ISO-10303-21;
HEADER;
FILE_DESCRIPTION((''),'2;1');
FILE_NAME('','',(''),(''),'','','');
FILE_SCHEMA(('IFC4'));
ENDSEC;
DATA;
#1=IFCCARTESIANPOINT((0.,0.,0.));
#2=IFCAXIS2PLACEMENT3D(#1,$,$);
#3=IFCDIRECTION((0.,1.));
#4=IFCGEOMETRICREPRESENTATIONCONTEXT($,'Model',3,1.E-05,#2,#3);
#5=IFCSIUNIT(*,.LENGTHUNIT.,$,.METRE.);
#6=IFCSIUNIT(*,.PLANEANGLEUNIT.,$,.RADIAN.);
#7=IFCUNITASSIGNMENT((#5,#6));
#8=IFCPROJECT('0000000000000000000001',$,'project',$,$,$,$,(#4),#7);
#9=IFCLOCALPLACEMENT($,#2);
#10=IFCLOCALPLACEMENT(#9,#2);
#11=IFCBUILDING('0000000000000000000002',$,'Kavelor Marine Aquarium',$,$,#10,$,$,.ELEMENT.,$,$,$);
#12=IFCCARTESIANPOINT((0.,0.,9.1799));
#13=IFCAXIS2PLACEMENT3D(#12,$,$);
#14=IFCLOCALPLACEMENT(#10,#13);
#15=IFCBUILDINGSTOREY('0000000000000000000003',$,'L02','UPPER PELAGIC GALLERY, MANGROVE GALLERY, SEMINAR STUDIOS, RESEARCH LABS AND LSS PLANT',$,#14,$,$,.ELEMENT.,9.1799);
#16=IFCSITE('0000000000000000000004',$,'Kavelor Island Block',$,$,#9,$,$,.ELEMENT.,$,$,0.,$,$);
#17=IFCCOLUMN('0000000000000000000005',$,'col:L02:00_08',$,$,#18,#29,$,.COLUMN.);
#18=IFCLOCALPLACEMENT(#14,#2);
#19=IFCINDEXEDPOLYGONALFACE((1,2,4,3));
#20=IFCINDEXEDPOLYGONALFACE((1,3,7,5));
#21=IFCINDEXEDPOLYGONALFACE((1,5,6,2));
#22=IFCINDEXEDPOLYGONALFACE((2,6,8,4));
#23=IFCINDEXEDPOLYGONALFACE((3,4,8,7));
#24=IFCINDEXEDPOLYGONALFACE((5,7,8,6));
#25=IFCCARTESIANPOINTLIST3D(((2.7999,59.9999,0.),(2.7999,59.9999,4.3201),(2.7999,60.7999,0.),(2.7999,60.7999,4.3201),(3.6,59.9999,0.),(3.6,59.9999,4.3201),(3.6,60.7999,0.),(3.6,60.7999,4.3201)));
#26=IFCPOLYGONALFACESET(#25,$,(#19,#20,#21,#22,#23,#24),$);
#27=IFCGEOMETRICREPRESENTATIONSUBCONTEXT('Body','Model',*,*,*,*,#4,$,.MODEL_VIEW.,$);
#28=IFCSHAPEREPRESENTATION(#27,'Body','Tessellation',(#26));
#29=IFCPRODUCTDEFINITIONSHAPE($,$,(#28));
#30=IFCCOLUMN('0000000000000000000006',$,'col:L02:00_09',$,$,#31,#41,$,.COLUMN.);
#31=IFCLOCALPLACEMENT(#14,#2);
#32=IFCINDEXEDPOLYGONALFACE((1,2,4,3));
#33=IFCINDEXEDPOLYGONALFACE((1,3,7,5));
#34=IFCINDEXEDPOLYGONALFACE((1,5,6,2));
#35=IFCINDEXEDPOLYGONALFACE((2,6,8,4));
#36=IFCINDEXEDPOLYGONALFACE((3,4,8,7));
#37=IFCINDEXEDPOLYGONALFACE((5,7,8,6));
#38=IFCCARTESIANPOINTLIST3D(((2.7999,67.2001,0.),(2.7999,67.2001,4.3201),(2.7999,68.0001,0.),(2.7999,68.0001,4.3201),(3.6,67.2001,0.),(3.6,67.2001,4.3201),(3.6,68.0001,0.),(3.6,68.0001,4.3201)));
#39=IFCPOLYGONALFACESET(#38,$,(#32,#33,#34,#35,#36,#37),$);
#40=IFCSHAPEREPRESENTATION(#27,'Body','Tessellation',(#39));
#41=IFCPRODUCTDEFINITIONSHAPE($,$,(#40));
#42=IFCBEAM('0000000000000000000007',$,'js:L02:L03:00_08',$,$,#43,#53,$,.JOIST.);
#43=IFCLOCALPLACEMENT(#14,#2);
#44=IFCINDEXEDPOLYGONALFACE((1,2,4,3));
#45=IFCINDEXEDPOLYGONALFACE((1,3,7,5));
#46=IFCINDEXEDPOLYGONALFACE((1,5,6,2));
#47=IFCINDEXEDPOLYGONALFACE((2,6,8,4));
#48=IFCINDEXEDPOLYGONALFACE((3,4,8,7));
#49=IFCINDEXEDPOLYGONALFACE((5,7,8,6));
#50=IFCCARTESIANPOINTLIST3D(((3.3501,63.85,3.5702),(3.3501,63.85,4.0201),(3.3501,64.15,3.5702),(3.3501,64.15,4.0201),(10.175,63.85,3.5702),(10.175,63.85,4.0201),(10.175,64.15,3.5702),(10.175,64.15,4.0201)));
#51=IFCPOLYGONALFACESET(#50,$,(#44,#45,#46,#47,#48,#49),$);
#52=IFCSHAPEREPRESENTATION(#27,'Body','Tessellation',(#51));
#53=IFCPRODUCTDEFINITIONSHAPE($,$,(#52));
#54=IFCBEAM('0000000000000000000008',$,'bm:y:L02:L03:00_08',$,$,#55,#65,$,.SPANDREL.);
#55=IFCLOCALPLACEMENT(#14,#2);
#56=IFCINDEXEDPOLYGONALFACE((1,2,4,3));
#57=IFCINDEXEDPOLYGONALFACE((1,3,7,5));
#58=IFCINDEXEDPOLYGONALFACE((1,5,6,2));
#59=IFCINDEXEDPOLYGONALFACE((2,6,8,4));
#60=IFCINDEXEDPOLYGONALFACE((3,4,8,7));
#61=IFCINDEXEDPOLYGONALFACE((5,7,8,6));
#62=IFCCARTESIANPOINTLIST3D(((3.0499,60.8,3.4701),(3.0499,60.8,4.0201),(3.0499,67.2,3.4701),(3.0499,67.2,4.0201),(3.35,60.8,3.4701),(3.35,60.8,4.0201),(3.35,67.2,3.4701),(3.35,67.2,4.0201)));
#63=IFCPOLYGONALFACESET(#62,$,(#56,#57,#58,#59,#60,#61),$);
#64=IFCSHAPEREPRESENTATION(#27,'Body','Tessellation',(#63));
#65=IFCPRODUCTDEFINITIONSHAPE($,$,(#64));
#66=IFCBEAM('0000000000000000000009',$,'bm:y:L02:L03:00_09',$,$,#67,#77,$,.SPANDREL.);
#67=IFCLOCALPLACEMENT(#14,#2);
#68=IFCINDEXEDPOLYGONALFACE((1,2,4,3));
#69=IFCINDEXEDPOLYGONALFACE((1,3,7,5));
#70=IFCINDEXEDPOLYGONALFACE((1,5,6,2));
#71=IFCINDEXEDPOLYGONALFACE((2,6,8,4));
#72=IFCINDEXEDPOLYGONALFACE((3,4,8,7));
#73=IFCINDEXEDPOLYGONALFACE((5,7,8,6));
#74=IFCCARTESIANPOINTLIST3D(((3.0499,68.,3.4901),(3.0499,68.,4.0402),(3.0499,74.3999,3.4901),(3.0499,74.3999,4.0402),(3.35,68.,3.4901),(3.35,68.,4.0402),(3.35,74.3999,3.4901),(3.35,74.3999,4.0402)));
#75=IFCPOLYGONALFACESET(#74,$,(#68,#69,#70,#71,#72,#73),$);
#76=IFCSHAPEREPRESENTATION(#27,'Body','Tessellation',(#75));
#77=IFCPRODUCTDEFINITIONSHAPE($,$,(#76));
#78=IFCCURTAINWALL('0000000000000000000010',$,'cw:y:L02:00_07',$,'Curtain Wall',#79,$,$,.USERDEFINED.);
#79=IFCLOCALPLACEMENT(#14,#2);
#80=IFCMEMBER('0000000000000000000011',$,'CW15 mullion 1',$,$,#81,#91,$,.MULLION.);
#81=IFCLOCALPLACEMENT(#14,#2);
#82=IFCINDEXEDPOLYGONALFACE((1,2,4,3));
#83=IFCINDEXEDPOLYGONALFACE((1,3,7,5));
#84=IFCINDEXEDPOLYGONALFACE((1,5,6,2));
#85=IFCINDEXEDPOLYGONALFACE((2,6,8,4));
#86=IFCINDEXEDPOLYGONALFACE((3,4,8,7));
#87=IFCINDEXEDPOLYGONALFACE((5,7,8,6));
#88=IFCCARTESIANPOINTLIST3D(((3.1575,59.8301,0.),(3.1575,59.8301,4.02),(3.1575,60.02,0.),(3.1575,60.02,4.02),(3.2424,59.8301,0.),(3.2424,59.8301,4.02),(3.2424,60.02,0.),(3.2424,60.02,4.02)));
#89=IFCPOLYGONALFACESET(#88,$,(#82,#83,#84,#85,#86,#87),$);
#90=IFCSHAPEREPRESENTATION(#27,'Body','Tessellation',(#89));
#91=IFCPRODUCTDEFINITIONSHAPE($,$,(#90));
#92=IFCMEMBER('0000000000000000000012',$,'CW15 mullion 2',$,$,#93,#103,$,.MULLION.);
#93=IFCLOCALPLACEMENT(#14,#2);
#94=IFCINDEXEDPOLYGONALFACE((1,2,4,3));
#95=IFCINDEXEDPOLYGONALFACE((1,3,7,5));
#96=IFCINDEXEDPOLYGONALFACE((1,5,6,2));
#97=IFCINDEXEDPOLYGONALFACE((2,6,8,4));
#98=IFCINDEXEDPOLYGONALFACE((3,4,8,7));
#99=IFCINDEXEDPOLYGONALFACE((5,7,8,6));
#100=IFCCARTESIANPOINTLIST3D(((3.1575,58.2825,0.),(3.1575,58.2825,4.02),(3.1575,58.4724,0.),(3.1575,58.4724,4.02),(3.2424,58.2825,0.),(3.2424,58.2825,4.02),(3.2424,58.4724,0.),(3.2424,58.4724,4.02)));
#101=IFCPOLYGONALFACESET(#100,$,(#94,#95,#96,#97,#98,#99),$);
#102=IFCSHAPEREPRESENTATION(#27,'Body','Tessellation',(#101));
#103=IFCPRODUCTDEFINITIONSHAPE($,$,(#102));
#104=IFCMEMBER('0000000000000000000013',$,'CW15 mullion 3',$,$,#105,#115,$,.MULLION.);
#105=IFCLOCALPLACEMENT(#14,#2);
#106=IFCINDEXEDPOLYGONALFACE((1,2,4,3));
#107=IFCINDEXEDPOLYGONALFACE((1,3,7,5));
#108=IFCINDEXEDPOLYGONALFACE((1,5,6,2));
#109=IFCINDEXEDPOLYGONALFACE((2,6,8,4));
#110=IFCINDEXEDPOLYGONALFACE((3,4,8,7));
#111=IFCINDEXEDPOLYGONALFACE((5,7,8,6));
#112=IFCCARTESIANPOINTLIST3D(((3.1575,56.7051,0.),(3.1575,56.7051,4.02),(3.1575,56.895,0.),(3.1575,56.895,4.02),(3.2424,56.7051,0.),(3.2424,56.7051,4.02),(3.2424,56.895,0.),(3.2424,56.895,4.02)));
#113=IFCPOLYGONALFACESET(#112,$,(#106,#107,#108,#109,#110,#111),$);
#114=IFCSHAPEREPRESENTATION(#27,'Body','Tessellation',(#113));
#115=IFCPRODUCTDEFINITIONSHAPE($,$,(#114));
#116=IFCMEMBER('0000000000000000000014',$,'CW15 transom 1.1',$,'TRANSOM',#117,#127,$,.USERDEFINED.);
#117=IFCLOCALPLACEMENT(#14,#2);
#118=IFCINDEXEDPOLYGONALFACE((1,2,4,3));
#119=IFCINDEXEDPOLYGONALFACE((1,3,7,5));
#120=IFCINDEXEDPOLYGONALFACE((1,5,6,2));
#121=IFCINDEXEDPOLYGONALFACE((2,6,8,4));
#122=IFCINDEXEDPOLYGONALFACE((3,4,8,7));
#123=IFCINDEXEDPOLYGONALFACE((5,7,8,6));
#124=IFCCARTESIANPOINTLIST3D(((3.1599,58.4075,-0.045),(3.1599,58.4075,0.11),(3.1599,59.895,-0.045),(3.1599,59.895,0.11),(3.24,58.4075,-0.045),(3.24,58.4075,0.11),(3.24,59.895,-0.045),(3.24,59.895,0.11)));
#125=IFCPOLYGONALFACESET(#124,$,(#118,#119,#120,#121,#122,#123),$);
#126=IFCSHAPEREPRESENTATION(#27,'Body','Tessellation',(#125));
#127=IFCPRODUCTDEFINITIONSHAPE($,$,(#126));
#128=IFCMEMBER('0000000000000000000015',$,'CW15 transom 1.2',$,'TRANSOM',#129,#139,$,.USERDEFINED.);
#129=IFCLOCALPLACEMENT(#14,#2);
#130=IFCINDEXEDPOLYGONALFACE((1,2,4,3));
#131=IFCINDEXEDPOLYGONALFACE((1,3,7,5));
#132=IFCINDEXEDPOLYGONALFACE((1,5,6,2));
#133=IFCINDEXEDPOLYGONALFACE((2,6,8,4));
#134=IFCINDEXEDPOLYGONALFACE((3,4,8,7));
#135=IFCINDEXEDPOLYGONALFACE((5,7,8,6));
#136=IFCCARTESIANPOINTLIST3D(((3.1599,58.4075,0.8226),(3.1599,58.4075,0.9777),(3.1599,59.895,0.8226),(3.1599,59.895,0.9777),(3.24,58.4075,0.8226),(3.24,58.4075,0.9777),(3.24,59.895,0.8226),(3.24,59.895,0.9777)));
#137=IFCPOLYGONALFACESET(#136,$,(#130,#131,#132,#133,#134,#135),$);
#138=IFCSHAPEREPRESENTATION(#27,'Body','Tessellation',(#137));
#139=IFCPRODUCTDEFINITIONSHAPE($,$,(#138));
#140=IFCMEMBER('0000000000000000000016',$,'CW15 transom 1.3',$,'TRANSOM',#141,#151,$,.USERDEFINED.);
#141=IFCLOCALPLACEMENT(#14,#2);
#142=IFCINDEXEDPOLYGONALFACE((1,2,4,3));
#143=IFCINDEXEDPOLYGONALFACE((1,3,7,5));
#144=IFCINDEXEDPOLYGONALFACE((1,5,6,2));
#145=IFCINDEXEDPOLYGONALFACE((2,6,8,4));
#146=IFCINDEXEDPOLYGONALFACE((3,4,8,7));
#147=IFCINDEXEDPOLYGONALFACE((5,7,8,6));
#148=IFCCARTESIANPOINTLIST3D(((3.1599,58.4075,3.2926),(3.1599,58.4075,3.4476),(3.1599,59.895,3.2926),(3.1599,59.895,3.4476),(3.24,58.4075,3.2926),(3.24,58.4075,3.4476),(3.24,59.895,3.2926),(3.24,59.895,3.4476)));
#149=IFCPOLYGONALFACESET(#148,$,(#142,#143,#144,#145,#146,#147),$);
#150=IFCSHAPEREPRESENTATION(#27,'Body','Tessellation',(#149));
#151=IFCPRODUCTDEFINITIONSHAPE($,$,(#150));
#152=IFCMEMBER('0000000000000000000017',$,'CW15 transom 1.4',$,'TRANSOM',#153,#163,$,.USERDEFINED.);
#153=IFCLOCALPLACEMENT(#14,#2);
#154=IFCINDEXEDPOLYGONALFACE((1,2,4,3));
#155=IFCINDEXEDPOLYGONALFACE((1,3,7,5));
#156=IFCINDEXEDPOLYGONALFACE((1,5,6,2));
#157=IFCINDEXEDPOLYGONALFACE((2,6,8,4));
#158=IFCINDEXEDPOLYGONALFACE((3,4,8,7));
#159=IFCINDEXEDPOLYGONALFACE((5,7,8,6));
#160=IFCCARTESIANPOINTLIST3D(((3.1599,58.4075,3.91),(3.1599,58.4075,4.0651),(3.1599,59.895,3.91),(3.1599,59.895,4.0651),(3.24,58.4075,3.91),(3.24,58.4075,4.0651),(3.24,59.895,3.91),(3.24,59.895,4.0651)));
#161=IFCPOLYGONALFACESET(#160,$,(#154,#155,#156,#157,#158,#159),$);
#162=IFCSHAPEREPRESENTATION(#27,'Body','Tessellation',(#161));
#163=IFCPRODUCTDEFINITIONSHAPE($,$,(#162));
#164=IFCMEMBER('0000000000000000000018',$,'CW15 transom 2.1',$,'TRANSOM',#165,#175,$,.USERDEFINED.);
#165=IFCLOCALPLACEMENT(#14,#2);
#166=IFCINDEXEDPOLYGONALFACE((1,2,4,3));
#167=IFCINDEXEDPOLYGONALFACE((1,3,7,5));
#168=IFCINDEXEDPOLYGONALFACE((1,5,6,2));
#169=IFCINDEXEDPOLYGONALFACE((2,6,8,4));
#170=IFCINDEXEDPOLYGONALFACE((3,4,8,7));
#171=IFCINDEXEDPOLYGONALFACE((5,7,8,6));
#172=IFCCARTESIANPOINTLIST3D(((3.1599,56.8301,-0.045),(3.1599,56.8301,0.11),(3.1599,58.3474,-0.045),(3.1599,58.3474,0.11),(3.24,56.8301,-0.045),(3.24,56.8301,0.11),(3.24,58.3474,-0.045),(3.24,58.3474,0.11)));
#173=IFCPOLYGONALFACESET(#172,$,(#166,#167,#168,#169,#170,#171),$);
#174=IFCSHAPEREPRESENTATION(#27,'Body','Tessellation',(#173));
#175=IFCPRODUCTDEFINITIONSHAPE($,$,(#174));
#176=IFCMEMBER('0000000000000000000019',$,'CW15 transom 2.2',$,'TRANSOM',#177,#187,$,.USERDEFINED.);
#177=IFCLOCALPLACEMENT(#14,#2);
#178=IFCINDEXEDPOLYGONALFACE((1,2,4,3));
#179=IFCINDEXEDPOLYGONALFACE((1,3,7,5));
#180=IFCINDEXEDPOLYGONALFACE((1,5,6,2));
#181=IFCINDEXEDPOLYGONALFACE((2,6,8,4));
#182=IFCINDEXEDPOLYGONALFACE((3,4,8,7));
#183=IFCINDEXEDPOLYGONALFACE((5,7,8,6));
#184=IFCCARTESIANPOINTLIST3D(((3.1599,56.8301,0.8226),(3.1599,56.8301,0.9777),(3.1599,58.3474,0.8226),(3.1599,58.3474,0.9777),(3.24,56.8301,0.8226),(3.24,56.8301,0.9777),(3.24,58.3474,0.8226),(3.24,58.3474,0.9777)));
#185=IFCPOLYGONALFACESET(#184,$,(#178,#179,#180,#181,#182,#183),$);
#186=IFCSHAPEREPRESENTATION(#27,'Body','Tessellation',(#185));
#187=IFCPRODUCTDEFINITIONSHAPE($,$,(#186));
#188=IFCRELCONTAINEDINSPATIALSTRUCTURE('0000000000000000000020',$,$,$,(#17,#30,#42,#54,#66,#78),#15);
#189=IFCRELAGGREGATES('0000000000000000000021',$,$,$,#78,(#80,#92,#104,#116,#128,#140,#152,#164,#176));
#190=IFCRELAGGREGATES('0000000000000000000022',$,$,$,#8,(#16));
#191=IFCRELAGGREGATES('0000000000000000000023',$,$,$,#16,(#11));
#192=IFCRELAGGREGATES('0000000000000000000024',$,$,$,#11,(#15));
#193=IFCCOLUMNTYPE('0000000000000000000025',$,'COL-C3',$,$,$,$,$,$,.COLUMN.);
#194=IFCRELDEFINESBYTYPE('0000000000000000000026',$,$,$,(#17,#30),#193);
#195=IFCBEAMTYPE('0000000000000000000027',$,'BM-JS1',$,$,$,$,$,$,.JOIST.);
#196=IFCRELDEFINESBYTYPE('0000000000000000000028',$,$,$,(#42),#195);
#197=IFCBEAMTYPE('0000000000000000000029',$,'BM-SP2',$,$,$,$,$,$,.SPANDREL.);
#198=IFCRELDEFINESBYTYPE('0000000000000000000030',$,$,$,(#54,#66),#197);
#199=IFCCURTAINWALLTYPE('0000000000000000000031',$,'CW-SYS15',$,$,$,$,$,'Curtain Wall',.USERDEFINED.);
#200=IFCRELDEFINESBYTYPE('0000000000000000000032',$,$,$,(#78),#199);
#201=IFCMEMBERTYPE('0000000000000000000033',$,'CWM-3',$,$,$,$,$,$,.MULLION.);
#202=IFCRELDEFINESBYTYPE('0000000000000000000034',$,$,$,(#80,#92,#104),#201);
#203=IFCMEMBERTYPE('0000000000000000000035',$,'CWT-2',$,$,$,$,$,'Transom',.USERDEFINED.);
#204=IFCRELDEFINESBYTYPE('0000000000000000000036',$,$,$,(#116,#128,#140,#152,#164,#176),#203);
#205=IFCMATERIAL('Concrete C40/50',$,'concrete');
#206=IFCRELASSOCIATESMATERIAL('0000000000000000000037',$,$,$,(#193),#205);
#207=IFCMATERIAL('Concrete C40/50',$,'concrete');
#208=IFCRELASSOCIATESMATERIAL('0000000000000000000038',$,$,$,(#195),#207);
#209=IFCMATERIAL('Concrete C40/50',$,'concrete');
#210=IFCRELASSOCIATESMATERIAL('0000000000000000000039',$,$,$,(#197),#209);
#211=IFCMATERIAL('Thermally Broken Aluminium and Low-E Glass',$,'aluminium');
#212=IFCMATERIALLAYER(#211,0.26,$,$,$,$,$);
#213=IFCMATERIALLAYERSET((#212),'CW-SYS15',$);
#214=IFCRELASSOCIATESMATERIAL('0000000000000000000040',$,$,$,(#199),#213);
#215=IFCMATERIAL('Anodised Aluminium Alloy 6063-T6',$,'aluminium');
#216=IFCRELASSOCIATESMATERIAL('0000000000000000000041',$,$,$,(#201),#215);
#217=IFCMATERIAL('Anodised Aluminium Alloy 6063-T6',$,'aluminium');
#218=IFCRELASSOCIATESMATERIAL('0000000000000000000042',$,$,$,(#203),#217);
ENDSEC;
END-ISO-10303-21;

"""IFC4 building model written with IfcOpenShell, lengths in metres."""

from ifc_helpers import new_model, si_unit, direction, frame, origin, origin_2d, place, context, subcontext, project, spatial, rectangle, extrude, material, layer, layer_set, material_profile, profile_set, type_object, element, aggregate, save


model = new_model("IFC4")

# Units and contexts
model_context = context("Model", 3, precision=1e-05, world=origin(), true_north=direction((0.0, 1.0)))
body_context = subcontext(model_context, "Body", "Model", "MODEL_VIEW")
ifc_project = project(units=[si_unit("LENGTHUNIT", "METRE"), si_unit("PLANEANGLEUNIT", "RADIAN")], contexts=[model_context])

# Site, building, storey
site_placement = place(None, origin())
site = spatial("IfcSite", under=ifc_project, at=site_placement, Name="Kavelor Island Block", CompositionType="ELEMENT", RefElevation=0.0)
building_placement = place(site_placement, origin())
building = spatial("IfcBuilding", under=site, at=building_placement, Name="Kavelor Marine Aquarium", CompositionType="ELEMENT")
storey_placement = place(building_placement, frame((0.0, 0.0, 9.1799)))
storey = spatial("IfcBuildingStorey", under=building, at=storey_placement, Name="L02", Description="UPPER PELAGIC GALLERY, MANGROVE GALLERY, SEMINAR STUDIOS, RESEARCH LABS AND LSS PLANT", CompositionType="ELEMENT", Elevation=9.1799)

# Columns
ifc_material_1 = material(Name="Concrete C40/50", Category="concrete")
ifc_material_profile_1 = material_profile(ifc_material_1, rectangle(XDim=0.8, YDim=0.8, at=origin_2d()), Name="RC-COL 800x800")
ifc_profile_set_1 = profile_set([ifc_material_profile_1], Name="Concrete C40/50")
column_type = type_object("IfcColumnType", Name="COL-C3", PredefinedType="COLUMN", material=ifc_profile_set_1)
for number, where, z_axis, x_axis, name in (
    (1, (3.2, 60.3999, 0.0), (0.0, 0.0, 1.0), (1.0, 0.0, 0.0), "col:L02:00_08"),
    (2, (3.2, 67.6001, 0.0), (0.0, 0.0, 1.0), (1.0, 0.0, 0.0), "col:L02:00_09"),
):
    element("IfcColumn", number, at=place(storey_placement, frame(where, z_axis=z_axis, x_axis=x_axis)), inside=storey, type_object=column_type, Name=name, PredefinedType="COLUMN", context=body_context, shape_type="SweptSolid", body=[
        extrude(rectangle(XDim=0.8, YDim=0.8, at=origin_2d()), origin(), (0.0, 0.0, 1.0), 4.3201),
    ])

# Beams
ifc_material_2 = material(Name="Concrete C40/50", Category="concrete")
ifc_material_profile_2 = material_profile(ifc_material_2, rectangle(XDim=0.3, YDim=0.45, at=origin_2d()), Name="RC-JS 300x450")
ifc_profile_set_2 = profile_set([ifc_material_profile_2], Name="Concrete C40/50")
beam_type_1 = type_object("IfcBeamType", Name="BM-JS1", PredefinedType="JOIST", material=ifc_profile_set_2)
beam_placement = place(storey_placement, frame((3.3501, 64.0, 3.7952), z_axis=(1.0, 0.0, 0.0), x_axis=(0.0, 1.0, 0.0)))
element("IfcBeam", 3, at=beam_placement, inside=storey, type_object=beam_type_1, Name="js:L02:L03:00_08", PredefinedType="JOIST", context=body_context, shape_type="SweptSolid", body=[
    extrude(rectangle(XDim=0.3, YDim=0.45, at=origin_2d()), origin(), (0.0, 0.0, 1.0), 6.825),
])
ifc_material_3 = material(Name="Concrete C40/50", Category="concrete")
ifc_material_profile_3 = material_profile(ifc_material_3, rectangle(XDim=0.3, YDim=0.55, at=origin_2d()), Name="RC-SP 300x550")
ifc_profile_set_3 = profile_set([ifc_material_profile_3], Name="Concrete C40/50")
beam_type_2 = type_object("IfcBeamType", Name="BM-SP2", PredefinedType="SPANDREL", material=ifc_profile_set_3)
for number, where, z_axis, x_axis, name in (
    (4, (3.2, 60.8, 3.7451), (0.0, 1.0, 0.0), (-1.0, 0.0, 0.0), "bm:y:L02:L03:00_08"),
    (5, (3.2, 68.0, 3.7651), (0.0, 1.0, 0.0), (-1.0, 0.0, 0.0), "bm:y:L02:L03:00_09"),
):
    element("IfcBeam", number, at=place(storey_placement, frame(where, z_axis=z_axis, x_axis=x_axis)), inside=storey, type_object=beam_type_2, Name=name, PredefinedType="SPANDREL", context=body_context, shape_type="SweptSolid", body=[
        extrude(rectangle(XDim=0.3, YDim=0.55, at=origin_2d()), origin(), (0.0, 0.0, 1.0), 6.3999),
    ])

# Curtain wall, members
ifc_material_4 = material(Name="Thermally Broken Aluminium and Low-E Glass", Category="aluminium")
ifc_layer_1 = layer(ifc_material_4, 0.26)
ifc_layer_set_1 = layer_set([ifc_layer_1], Name="CW-SYS15")
curtain_wall_type = type_object("IfcCurtainWallType", Name="CW-SYS15", ElementType="Curtain Wall", PredefinedType="USERDEFINED", material=ifc_layer_set_1)
curtain_wall_placement = place(storey_placement, origin())
curtain_wall = element("IfcCurtainWall", 6, at=curtain_wall_placement, inside=storey, type_object=curtain_wall_type, Name="cw:y:L02:00_07", ObjectType="Curtain Wall", PredefinedType="USERDEFINED")
ifc_material_5 = material(Name="Anodised Aluminium Alloy 6063-T6", Category="aluminium")
ifc_material_profile_4 = material_profile(ifc_material_5, rectangle(XDim=0.085, YDim=0.1899, at=origin_2d()), Name="CW-MUL 85x190")
ifc_profile_set_4 = profile_set([ifc_material_profile_4], Name="Anodised Aluminium Alloy 6063-T6")
member_type_1 = type_object("IfcMemberType", Name="CWM-3", PredefinedType="MULLION", material=ifc_profile_set_4)
member_1_placement = place(storey_placement, frame((3.2, 59.925, 0.0), z_axis=(0.0, 0.0, 1.0), x_axis=(1.0, 0.0, 0.0)))
member_1 = element("IfcMember", 7, at=member_1_placement, type_object=member_type_1, Name="CW15 mullion 1", PredefinedType="MULLION", context=body_context, shape_type="SweptSolid", body=[
    extrude(rectangle(XDim=0.085, YDim=0.1899, at=origin_2d()), origin(), (0.0, 0.0, 1.0), 4.02),
])
member_2_placement = place(storey_placement, frame((3.2, 58.3774, 0.0), z_axis=(0.0, 0.0, 1.0), x_axis=(1.0, 0.0, 0.0)))
member_2 = element("IfcMember", 8, at=member_2_placement, type_object=member_type_1, Name="CW15 mullion 2", PredefinedType="MULLION", context=body_context, shape_type="SweptSolid", body=[
    extrude(rectangle(XDim=0.085, YDim=0.1899, at=origin_2d()), origin(), (0.0, 0.0, 1.0), 4.02),
])
member_3_placement = place(storey_placement, frame((3.2, 56.8, 0.0), z_axis=(0.0, 0.0, 1.0), x_axis=(1.0, 0.0, 0.0)))
member_3 = element("IfcMember", 9, at=member_3_placement, type_object=member_type_1, Name="CW15 mullion 3", PredefinedType="MULLION", context=body_context, shape_type="SweptSolid", body=[
    extrude(rectangle(XDim=0.085, YDim=0.1899, at=origin_2d()), origin(), (0.0, 0.0, 1.0), 4.02),
])
ifc_material_6 = material(Name="Anodised Aluminium Alloy 6063-T6", Category="aluminium")
ifc_material_profile_5 = material_profile(ifc_material_6, rectangle(XDim=0.0801, YDim=0.155, at=origin_2d()), Name="CW-TRN 80x155")
ifc_profile_set_5 = profile_set([ifc_material_profile_5], Name="Anodised Aluminium Alloy 6063-T6")
member_type_2 = type_object("IfcMemberType", Name="CWT-2", ElementType="Transom", PredefinedType="USERDEFINED", material=ifc_profile_set_5)
member_4_placement = place(storey_placement, frame((3.2, 59.895, 0.0325), z_axis=(0.0, -1.0, 0.0), x_axis=(1.0, 0.0, 0.0)))
member_4 = element("IfcMember", 10, at=member_4_placement, type_object=member_type_2, Name="CW15 transom 1.1", ObjectType="TRANSOM", PredefinedType="USERDEFINED", context=body_context, shape_type="SweptSolid", body=[
    extrude(rectangle(XDim=0.0801, YDim=0.155, at=origin_2d()), origin(), (0.0, 0.0, 1.0), 1.4875),
])
member_5_placement = place(storey_placement, frame((3.2, 59.895, 0.9001), z_axis=(0.0, -1.0, 0.0), x_axis=(1.0, 0.0, 0.0)))
member_5 = element("IfcMember", 11, at=member_5_placement, type_object=member_type_2, Name="CW15 transom 1.2", ObjectType="TRANSOM", PredefinedType="USERDEFINED", context=body_context, shape_type="SweptSolid", body=[
    extrude(rectangle(XDim=0.0801, YDim=0.155, at=origin_2d()), origin(), (0.0, 0.0, 1.0), 1.4875),
])
member_6_placement = place(storey_placement, frame((3.2, 59.895, 3.3701), z_axis=(0.0, -1.0, 0.0), x_axis=(1.0, 0.0, 0.0)))
member_6 = element("IfcMember", 12, at=member_6_placement, type_object=member_type_2, Name="CW15 transom 1.3", ObjectType="TRANSOM", PredefinedType="USERDEFINED", context=body_context, shape_type="SweptSolid", body=[
    extrude(rectangle(XDim=0.0801, YDim=0.155, at=origin_2d()), origin(), (0.0, 0.0, 1.0), 1.4875),
])
member_7_placement = place(storey_placement, frame((3.2, 59.895, 3.9875), z_axis=(0.0, -1.0, 0.0), x_axis=(1.0, 0.0, 0.0)))
member_7 = element("IfcMember", 13, at=member_7_placement, type_object=member_type_2, Name="CW15 transom 1.4", ObjectType="TRANSOM", PredefinedType="USERDEFINED", context=body_context, shape_type="SweptSolid", body=[
    extrude(rectangle(XDim=0.0801, YDim=0.155, at=origin_2d()), origin(), (0.0, 0.0, 1.0), 1.4875),
])
member_8_placement = place(storey_placement, frame((3.2, 58.3474, 0.0325), z_axis=(0.0, -1.0, 0.0), x_axis=(1.0, 0.0, 0.0)))
member_8 = element("IfcMember", 14, at=member_8_placement, type_object=member_type_2, Name="CW15 transom 2.1", ObjectType="TRANSOM", PredefinedType="USERDEFINED", context=body_context, shape_type="SweptSolid", body=[
    extrude(rectangle(XDim=0.0801, YDim=0.155, at=origin_2d()), origin(), (0.0, 0.0, 1.0), 1.5173),
])
member_9_placement = place(storey_placement, frame((3.2, 58.3474, 0.9001), z_axis=(0.0, -1.0, 0.0), x_axis=(1.0, 0.0, 0.0)))
member_9 = element("IfcMember", 15, at=member_9_placement, type_object=member_type_2, Name="CW15 transom 2.2", ObjectType="TRANSOM", PredefinedType="USERDEFINED", context=body_context, shape_type="SweptSolid", body=[
    extrude(rectangle(XDim=0.0801, YDim=0.155, at=origin_2d()), origin(), (0.0, 0.0, 1.0), 1.5173),
])
aggregate(curtain_wall, [member_1, member_2, member_3, member_4, member_5, member_6, member_7, member_8, member_9])

save(model, "model.ifc")
